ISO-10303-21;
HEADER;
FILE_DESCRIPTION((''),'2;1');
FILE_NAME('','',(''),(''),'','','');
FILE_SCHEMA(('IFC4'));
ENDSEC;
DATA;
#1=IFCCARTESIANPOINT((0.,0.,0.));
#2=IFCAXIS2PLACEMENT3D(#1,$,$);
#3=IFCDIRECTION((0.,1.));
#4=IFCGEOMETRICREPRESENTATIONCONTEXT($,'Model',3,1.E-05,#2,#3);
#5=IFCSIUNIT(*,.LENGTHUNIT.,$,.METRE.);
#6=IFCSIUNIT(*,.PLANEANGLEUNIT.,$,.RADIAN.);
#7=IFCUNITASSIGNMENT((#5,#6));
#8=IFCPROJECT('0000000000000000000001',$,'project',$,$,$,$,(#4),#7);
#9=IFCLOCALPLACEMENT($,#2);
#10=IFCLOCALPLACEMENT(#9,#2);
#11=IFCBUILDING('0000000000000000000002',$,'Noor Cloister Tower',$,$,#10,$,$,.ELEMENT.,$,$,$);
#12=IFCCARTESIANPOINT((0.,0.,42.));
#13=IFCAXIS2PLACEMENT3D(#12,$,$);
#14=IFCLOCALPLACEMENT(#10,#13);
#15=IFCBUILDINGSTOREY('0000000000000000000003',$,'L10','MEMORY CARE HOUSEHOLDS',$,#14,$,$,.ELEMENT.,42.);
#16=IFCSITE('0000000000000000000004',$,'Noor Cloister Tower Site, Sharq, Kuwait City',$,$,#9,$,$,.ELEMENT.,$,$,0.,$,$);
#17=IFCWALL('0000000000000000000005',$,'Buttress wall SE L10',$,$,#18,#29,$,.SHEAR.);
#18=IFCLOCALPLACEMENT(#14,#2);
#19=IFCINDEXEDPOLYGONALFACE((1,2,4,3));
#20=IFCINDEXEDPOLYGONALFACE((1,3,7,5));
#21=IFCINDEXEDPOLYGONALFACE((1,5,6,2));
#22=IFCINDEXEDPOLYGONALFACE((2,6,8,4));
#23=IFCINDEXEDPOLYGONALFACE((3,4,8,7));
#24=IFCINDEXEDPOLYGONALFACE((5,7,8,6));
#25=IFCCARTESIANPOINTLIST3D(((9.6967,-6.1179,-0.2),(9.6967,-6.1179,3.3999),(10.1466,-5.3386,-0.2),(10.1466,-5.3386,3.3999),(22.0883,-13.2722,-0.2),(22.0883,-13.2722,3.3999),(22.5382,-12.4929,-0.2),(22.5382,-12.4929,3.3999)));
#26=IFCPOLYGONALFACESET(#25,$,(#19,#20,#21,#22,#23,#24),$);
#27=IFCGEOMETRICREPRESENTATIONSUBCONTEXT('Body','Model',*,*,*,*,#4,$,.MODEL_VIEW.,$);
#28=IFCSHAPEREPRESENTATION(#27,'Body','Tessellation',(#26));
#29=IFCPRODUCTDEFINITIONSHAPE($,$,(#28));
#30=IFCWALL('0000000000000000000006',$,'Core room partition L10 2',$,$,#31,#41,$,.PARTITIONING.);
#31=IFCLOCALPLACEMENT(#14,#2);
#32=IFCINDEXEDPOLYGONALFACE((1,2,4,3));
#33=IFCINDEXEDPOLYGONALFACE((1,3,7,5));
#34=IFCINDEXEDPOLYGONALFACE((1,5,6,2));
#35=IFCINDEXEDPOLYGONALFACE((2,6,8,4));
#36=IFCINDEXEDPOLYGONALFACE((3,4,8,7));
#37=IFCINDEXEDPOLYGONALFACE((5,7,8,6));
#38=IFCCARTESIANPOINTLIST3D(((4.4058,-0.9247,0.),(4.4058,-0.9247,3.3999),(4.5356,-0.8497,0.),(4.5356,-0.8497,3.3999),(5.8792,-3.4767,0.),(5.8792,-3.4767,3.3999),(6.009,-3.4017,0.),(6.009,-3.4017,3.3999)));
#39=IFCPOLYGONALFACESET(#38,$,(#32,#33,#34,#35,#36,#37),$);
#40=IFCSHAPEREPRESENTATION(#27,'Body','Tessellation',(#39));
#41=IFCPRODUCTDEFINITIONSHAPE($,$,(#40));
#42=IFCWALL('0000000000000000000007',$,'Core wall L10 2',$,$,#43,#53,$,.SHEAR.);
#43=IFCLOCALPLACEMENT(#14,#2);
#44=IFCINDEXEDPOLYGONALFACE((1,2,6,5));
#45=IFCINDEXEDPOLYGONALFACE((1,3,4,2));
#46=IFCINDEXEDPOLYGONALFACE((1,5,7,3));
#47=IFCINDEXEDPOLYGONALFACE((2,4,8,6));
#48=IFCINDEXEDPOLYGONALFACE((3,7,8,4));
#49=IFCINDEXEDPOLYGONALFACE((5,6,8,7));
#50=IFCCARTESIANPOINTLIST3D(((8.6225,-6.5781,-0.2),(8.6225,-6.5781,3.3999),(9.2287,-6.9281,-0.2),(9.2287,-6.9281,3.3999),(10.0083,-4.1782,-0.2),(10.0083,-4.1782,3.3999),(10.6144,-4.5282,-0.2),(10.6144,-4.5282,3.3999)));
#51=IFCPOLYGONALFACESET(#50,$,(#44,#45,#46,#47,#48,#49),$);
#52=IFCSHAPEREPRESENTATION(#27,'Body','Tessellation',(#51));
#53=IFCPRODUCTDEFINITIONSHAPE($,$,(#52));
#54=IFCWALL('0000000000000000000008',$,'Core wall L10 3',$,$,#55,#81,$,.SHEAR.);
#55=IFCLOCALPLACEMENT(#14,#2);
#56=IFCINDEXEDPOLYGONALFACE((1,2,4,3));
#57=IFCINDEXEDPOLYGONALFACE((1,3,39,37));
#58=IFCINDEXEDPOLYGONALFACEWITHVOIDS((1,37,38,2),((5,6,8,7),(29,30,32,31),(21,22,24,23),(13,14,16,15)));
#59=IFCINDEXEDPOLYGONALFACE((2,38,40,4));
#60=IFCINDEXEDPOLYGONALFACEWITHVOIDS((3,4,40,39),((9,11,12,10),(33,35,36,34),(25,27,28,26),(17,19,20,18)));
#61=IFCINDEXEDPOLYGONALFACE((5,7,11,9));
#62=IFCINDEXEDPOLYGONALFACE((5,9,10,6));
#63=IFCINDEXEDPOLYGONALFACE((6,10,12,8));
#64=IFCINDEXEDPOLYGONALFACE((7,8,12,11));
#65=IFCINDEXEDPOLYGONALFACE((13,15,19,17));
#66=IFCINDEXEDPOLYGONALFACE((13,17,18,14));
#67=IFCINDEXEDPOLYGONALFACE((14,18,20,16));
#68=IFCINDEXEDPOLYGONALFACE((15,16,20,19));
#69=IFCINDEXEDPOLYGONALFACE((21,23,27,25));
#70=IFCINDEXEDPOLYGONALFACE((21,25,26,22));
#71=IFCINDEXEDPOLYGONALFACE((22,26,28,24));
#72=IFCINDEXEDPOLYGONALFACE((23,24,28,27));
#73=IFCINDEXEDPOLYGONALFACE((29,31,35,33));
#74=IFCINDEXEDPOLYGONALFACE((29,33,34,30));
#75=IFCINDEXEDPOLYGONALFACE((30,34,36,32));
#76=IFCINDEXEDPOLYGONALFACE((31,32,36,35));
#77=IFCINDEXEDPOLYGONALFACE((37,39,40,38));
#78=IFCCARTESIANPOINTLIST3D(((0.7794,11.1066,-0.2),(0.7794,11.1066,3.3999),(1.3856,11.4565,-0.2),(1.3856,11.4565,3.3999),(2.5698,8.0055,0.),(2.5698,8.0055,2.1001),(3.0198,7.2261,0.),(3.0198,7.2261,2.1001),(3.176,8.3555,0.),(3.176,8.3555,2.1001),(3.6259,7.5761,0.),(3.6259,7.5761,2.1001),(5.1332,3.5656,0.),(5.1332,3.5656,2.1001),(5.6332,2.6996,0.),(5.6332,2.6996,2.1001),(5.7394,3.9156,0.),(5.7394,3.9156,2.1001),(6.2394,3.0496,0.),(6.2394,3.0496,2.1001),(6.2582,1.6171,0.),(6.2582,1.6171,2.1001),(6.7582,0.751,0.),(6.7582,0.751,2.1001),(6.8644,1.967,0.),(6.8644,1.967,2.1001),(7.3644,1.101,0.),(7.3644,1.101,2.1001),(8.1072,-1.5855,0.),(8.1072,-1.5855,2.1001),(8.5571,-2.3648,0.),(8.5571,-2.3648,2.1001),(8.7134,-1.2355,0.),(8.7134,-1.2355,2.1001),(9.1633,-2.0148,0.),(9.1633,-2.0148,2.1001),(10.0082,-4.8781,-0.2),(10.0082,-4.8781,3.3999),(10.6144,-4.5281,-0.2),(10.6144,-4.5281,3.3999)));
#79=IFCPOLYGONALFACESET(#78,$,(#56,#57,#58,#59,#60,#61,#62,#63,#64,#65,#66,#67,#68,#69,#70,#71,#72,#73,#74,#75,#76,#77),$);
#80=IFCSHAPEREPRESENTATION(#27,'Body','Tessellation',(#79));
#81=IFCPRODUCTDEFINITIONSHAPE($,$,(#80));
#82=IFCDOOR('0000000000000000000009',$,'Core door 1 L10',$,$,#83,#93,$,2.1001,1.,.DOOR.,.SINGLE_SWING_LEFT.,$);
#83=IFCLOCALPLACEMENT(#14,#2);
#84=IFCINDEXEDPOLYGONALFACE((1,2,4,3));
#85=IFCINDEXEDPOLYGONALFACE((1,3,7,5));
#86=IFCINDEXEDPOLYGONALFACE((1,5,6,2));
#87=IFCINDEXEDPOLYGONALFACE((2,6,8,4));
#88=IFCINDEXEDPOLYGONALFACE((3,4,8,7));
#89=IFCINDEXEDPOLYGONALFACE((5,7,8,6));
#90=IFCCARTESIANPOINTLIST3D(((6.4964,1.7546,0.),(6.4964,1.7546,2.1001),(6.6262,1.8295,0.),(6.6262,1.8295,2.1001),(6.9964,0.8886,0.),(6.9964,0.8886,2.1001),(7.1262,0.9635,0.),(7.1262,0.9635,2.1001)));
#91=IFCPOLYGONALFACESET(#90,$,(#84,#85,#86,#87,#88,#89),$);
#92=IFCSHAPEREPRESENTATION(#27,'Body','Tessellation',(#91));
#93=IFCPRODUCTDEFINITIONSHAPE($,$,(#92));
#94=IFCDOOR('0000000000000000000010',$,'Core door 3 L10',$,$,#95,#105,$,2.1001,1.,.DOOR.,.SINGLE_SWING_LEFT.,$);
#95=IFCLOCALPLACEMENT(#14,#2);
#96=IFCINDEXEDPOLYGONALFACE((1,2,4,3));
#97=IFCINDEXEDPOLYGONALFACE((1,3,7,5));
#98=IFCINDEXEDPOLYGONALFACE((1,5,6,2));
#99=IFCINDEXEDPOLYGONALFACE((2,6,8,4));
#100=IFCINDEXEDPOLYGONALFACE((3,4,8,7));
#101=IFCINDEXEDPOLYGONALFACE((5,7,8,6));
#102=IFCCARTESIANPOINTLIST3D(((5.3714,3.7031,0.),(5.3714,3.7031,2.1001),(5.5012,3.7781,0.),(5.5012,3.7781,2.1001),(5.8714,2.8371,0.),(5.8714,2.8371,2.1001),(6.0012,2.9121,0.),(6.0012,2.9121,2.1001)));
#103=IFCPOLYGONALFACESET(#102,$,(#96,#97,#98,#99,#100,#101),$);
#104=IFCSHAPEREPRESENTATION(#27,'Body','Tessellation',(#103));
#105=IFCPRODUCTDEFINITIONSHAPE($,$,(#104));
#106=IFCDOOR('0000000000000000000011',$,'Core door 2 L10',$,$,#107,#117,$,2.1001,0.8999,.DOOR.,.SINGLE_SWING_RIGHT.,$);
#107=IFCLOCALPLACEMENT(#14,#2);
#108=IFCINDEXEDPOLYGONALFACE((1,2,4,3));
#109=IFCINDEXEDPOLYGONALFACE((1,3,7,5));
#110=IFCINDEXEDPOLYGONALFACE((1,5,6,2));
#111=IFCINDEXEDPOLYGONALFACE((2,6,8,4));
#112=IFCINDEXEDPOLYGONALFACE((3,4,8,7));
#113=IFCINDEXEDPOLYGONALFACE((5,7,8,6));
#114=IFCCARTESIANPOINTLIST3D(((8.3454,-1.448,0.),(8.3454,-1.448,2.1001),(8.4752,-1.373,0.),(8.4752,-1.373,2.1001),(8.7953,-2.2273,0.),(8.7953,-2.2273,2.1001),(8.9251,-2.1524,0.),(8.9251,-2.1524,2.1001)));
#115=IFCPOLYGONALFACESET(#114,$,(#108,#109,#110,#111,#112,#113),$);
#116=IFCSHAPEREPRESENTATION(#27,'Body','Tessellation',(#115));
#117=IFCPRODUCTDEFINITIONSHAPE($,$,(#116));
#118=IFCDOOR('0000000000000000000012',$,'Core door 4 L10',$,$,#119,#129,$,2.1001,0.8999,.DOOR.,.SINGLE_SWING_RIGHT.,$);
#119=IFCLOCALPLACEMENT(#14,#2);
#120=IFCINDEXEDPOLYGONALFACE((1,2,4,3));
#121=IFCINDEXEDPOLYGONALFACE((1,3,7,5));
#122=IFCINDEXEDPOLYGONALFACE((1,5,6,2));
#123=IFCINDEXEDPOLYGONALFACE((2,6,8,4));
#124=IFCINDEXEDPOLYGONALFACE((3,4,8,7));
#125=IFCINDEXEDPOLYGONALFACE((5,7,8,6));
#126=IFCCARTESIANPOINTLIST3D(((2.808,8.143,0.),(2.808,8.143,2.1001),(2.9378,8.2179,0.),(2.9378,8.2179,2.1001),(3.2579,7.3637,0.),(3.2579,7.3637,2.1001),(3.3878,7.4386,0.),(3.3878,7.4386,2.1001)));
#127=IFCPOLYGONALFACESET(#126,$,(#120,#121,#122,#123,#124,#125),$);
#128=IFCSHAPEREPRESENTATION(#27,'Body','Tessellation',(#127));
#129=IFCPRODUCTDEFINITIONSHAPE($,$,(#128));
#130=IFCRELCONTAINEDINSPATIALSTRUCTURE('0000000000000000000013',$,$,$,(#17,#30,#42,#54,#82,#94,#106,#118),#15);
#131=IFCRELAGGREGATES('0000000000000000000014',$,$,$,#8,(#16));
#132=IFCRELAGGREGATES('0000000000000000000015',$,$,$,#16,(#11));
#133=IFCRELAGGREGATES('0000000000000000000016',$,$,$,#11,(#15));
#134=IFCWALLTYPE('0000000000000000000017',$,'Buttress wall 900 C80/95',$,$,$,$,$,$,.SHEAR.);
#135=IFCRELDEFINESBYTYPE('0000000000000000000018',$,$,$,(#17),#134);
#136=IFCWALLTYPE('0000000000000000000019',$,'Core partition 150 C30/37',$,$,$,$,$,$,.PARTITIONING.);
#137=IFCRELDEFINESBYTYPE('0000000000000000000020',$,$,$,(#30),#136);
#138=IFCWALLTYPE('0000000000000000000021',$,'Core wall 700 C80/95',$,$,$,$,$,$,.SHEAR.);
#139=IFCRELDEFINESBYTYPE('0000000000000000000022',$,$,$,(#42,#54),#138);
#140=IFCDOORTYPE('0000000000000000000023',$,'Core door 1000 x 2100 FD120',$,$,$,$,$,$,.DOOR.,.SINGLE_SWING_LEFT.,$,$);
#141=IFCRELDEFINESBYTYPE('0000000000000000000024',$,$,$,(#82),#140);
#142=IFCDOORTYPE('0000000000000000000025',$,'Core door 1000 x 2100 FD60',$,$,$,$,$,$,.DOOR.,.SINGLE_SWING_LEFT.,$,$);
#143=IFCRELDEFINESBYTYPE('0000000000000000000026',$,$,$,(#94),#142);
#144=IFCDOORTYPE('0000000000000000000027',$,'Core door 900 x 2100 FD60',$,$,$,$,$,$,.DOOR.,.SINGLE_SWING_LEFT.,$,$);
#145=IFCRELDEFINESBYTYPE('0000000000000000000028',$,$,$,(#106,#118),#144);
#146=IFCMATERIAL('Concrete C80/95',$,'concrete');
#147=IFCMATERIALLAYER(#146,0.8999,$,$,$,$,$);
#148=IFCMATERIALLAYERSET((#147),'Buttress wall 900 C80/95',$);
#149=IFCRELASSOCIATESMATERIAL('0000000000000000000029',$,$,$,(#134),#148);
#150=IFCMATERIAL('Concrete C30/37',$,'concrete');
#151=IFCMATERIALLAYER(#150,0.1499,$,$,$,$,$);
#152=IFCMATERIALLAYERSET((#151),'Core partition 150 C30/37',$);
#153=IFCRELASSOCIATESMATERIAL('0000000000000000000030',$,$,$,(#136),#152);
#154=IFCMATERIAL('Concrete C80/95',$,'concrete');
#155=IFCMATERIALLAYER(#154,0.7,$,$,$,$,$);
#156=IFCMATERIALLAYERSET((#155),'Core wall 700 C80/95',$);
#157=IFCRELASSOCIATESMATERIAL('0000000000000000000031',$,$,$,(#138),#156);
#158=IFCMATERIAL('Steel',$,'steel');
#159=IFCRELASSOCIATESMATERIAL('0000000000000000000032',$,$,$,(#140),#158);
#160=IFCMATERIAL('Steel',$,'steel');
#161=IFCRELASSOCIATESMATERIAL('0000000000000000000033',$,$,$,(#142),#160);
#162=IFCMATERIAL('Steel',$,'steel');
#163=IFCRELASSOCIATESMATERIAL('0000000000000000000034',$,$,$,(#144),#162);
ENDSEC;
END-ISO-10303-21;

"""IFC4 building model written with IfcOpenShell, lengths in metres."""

from ifc_helpers import new_model, si_unit, direction, frame, frame_2d, origin, place, context, subcontext, project, spatial, rectangle, extrude, material, layer, layer_set, type_object, element, fill, save


model = new_model("IFC4")

# Units and contexts
model_context = context("Model", 3, precision=1e-05, world=origin(), true_north=direction((0.0, 1.0)))
body_context = subcontext(model_context, "Body", "Model", "MODEL_VIEW")
ifc_project = project(units=[si_unit("LENGTHUNIT", "METRE"), si_unit("PLANEANGLEUNIT", "RADIAN")], contexts=[model_context])

# Site, building, storey
site_placement = place(None, origin())
site = spatial("IfcSite", under=ifc_project, at=site_placement, Name="Noor Cloister Tower Site, Sharq, Kuwait City", CompositionType="ELEMENT", RefElevation=0.0)
building_placement = place(site_placement, origin())
building = spatial("IfcBuilding", under=site, at=building_placement, Name="Noor Cloister Tower", CompositionType="ELEMENT")
storey_placement = place(building_placement, frame((0.0, 0.0, 42.0)))
storey = spatial("IfcBuildingStorey", under=building, at=storey_placement, Name="L10", Description="MEMORY CARE HOUSEHOLDS", CompositionType="ELEMENT", Elevation=42.0)

# Walls
ifc_material_1 = material(Name="Concrete C80/95", Category="concrete")
ifc_layer_1 = layer(ifc_material_1, 0.8999)
ifc_layer_set_1 = layer_set([ifc_layer_1], Name="Buttress wall 900 C80/95")
wall_type_1 = type_object("IfcWallType", Name="Buttress wall 900 C80/95", PredefinedType="SHEAR", material=ifc_layer_set_1)
wall_1_placement = place(storey_placement, frame((9.9216, -5.7283, -0.2), z_axis=(0.0, 0.0, 1.0), x_axis=(0.866025, -0.5, 0.0)))
element("IfcWall", 1, at=wall_1_placement, inside=storey, type_object=wall_type_1, Name="Buttress wall SE L10", PredefinedType="SHEAR", context=body_context, shape_type="SweptSolid", body=[
    extrude(rectangle(XDim=14.3086, YDim=0.8999, at=frame_2d((7.1543, 0.0))), origin(), (0.0, 0.0, 1.0), 3.5999),
])
ifc_material_2 = material(Name="Concrete C30/37", Category="concrete")
ifc_layer_2 = layer(ifc_material_2, 0.1499)
ifc_layer_set_2 = layer_set([ifc_layer_2], Name="Core partition 150 C30/37")
wall_type_2 = type_object("IfcWallType", Name="Core partition 150 C30/37", PredefinedType="PARTITIONING", material=ifc_layer_set_2)
wall_2_placement = place(storey_placement, frame((5.9441, -3.4392, 0.0), z_axis=(0.0, 0.0, 1.0), x_axis=(-0.499997, 0.866027, 0.0)))
element("IfcWall", 2, at=wall_2_placement, inside=storey, type_object=wall_type_2, Name="Core room partition L10 2", PredefinedType="PARTITIONING", context=body_context, shape_type="SweptSolid", body=[
    extrude(rectangle(XDim=2.9468, YDim=0.1499, at=frame_2d((1.4734, 0.0))), origin(), (0.0, 0.0, 1.0), 3.3999),
])
ifc_material_3 = material(Name="Concrete C80/95", Category="concrete")
ifc_layer_3 = layer(ifc_material_3, 0.7)
ifc_layer_set_3 = layer_set([ifc_layer_3], Name="Core wall 700 C80/95")
wall_type_3 = type_object("IfcWallType", Name="Core wall 700 C80/95", PredefinedType="SHEAR", material=ifc_layer_set_3)
wall_3_placement = place(storey_placement, frame((8.9255, -6.7532, -0.2), z_axis=(0.0, 0.0, 1.0), x_axis=(0.500043, 0.866001, 0.0)))
element("IfcWall", 3, at=wall_3_placement, inside=storey, type_object=wall_type_3, Name="Core wall L10 2", PredefinedType="SHEAR", context=body_context, shape_type="SweptSolid", body=[
    extrude(rectangle(XDim=2.7712, YDim=0.7, at=frame_2d((1.3857, 0.0))), origin(), (0.0, 0.0, 1.0), 3.5999),
])

# Wall, openings, doors
wall_4_placement = place(storey_placement, frame((10.3113, -4.7031, -0.2), z_axis=(0.0, 0.0, 1.0), x_axis=(-0.500001, 0.866025, 0.0)))
wall_4 = element("IfcWall", 4, at=wall_4_placement, inside=storey, type_object=wall_type_3, Name="Core wall L10 3", PredefinedType="SHEAR", context=body_context, shape_type="SweptSolid", body=[
    extrude(rectangle(XDim=18.4575, YDim=0.7, at=frame_2d((9.2288, 0.0))), origin(), (0.0, 0.0, 1.0), 3.5999),
])
opening_1_placement = place(wall_4_placement, frame((6.5, 0.0, 0.2)))
opening_1 = element("IfcOpeningElement", 5, at=opening_1_placement, cuts=wall_4, PredefinedType="OPENING", context=body_context, shape_type="SweptSolid", body=[
    extrude(rectangle(XDim=1.0, YDim=2.1001, at=frame_2d((0.5, 1.05))), frame((0.0, 0.3599, 0.0), z_axis=(0.0, -1.0, 0.0), x_axis=(1.0, 0.0, 0.0)), (0.0, 0.0, 1.0), 0.72),
])
opening_2_placement = place(wall_4_placement, frame((2.9021, 0.0, 0.2)))
opening_2 = element("IfcOpeningElement", 6, at=opening_2_placement, cuts=wall_4, PredefinedType="OPENING", context=body_context, shape_type="SweptSolid", body=[
    extrude(rectangle(XDim=0.8999, YDim=2.1001, at=frame_2d((0.45, 1.05))), frame((0.0, 0.3599, 0.0), z_axis=(0.0, -1.0, 0.0), x_axis=(1.0, 0.0, 0.0)), (0.0, 0.0, 1.0), 0.72),
])
opening_3_placement = place(wall_4_placement, frame((8.75, 0.0, 0.2)))
opening_3 = element("IfcOpeningElement", 7, at=opening_3_placement, cuts=wall_4, PredefinedType="OPENING", context=body_context, shape_type="SweptSolid", body=[
    extrude(rectangle(XDim=1.0, YDim=2.1001, at=frame_2d((0.5, 1.05))), frame((0.0, 0.3599, 0.0), z_axis=(0.0, -1.0, 0.0), x_axis=(1.0, 0.0, 0.0)), (0.0, 0.0, 1.0), 0.72),
])
opening_4_placement = place(wall_4_placement, frame((13.9768, 0.0, 0.2)))
opening_4 = element("IfcOpeningElement", 8, at=opening_4_placement, cuts=wall_4, PredefinedType="OPENING", context=body_context, shape_type="SweptSolid", body=[
    extrude(rectangle(XDim=0.8999, YDim=2.1001, at=frame_2d((0.45, 1.05))), frame((0.0, 0.3599, 0.0), z_axis=(0.0, -1.0, 0.0), x_axis=(1.0, 0.0, 0.0)), (0.0, 0.0, 1.0), 0.72),
])
ifc_material_4 = material(Name="Steel", Category="steel")
door_type_1 = type_object("IfcDoorType", Name="Core door 1000 x 2100 FD120", OperationType="SINGLE_SWING_LEFT", PredefinedType="DOOR", material=ifc_material_4)
door_1_placement = place(opening_1_placement, origin())
door_1 = element("IfcDoor", 9, at=door_1_placement, inside=storey, type_object=door_type_1, Name="Core door 1 L10", OperationType="SINGLE_SWING_LEFT", OverallHeight=2.1001, OverallWidth=1.0, PredefinedType="DOOR", context=body_context, shape_type="SweptSolid", body=[
    extrude(rectangle(XDim=1.0, YDim=2.1001, at=frame_2d((0.5, 1.05))), frame((0.0, 0.075, 0.0), z_axis=(0.0, -1.0, 0.0), x_axis=(1.0, 0.0, 0.0)), (0.0, 0.0, 1.0), 0.1499),
])
fill(opening_1, door_1)
ifc_material_5 = material(Name="Steel", Category="steel")
door_type_2 = type_object("IfcDoorType", Name="Core door 1000 x 2100 FD60", OperationType="SINGLE_SWING_LEFT", PredefinedType="DOOR", material=ifc_material_5)
door_2_placement = place(opening_3_placement, origin())
door_2 = element("IfcDoor", 10, at=door_2_placement, inside=storey, type_object=door_type_2, Name="Core door 3 L10", OperationType="SINGLE_SWING_LEFT", OverallHeight=2.1001, OverallWidth=1.0, PredefinedType="DOOR", context=body_context, shape_type="SweptSolid", body=[
    extrude(rectangle(XDim=1.0, YDim=2.1001, at=frame_2d((0.5, 1.05))), frame((0.0, 0.075, 0.0), z_axis=(0.0, -1.0, 0.0), x_axis=(1.0, 0.0, 0.0)), (0.0, 0.0, 1.0), 0.1499),
])
fill(opening_3, door_2)
ifc_material_6 = material(Name="Steel", Category="steel")
door_type_3 = type_object("IfcDoorType", Name="Core door 900 x 2100 FD60", OperationType="SINGLE_SWING_LEFT", PredefinedType="DOOR", material=ifc_material_6)
door_3_placement = place(opening_2_placement, origin())
door_3 = element("IfcDoor", 11, at=door_3_placement, inside=storey, type_object=door_type_3, Name="Core door 2 L10", OperationType="SINGLE_SWING_RIGHT", OverallHeight=2.1001, OverallWidth=0.8999, PredefinedType="DOOR", context=body_context, shape_type="SweptSolid", body=[
    extrude(rectangle(XDim=0.8999, YDim=2.1001, at=frame_2d((0.45, 1.05))), frame((0.0, 0.075, 0.0), z_axis=(0.0, -1.0, 0.0), x_axis=(1.0, 0.0, 0.0)), (0.0, 0.0, 1.0), 0.1499),
])
fill(opening_2, door_3)
door_4_placement = place(opening_4_placement, origin())
door_4 = element("IfcDoor", 12, at=door_4_placement, inside=storey, type_object=door_type_3, Name="Core door 4 L10", OperationType="SINGLE_SWING_RIGHT", OverallHeight=2.1001, OverallWidth=0.8999, PredefinedType="DOOR", context=body_context, shape_type="SweptSolid", body=[
    extrude(rectangle(XDim=0.8999, YDim=2.1001, at=frame_2d((0.45, 1.05))), frame((0.0, 0.075, 0.0), z_axis=(0.0, -1.0, 0.0), x_axis=(1.0, 0.0, 0.0)), (0.0, 0.0, 1.0), 0.1499),
])
fill(opening_4, door_4)

save(model, "model.ifc")
